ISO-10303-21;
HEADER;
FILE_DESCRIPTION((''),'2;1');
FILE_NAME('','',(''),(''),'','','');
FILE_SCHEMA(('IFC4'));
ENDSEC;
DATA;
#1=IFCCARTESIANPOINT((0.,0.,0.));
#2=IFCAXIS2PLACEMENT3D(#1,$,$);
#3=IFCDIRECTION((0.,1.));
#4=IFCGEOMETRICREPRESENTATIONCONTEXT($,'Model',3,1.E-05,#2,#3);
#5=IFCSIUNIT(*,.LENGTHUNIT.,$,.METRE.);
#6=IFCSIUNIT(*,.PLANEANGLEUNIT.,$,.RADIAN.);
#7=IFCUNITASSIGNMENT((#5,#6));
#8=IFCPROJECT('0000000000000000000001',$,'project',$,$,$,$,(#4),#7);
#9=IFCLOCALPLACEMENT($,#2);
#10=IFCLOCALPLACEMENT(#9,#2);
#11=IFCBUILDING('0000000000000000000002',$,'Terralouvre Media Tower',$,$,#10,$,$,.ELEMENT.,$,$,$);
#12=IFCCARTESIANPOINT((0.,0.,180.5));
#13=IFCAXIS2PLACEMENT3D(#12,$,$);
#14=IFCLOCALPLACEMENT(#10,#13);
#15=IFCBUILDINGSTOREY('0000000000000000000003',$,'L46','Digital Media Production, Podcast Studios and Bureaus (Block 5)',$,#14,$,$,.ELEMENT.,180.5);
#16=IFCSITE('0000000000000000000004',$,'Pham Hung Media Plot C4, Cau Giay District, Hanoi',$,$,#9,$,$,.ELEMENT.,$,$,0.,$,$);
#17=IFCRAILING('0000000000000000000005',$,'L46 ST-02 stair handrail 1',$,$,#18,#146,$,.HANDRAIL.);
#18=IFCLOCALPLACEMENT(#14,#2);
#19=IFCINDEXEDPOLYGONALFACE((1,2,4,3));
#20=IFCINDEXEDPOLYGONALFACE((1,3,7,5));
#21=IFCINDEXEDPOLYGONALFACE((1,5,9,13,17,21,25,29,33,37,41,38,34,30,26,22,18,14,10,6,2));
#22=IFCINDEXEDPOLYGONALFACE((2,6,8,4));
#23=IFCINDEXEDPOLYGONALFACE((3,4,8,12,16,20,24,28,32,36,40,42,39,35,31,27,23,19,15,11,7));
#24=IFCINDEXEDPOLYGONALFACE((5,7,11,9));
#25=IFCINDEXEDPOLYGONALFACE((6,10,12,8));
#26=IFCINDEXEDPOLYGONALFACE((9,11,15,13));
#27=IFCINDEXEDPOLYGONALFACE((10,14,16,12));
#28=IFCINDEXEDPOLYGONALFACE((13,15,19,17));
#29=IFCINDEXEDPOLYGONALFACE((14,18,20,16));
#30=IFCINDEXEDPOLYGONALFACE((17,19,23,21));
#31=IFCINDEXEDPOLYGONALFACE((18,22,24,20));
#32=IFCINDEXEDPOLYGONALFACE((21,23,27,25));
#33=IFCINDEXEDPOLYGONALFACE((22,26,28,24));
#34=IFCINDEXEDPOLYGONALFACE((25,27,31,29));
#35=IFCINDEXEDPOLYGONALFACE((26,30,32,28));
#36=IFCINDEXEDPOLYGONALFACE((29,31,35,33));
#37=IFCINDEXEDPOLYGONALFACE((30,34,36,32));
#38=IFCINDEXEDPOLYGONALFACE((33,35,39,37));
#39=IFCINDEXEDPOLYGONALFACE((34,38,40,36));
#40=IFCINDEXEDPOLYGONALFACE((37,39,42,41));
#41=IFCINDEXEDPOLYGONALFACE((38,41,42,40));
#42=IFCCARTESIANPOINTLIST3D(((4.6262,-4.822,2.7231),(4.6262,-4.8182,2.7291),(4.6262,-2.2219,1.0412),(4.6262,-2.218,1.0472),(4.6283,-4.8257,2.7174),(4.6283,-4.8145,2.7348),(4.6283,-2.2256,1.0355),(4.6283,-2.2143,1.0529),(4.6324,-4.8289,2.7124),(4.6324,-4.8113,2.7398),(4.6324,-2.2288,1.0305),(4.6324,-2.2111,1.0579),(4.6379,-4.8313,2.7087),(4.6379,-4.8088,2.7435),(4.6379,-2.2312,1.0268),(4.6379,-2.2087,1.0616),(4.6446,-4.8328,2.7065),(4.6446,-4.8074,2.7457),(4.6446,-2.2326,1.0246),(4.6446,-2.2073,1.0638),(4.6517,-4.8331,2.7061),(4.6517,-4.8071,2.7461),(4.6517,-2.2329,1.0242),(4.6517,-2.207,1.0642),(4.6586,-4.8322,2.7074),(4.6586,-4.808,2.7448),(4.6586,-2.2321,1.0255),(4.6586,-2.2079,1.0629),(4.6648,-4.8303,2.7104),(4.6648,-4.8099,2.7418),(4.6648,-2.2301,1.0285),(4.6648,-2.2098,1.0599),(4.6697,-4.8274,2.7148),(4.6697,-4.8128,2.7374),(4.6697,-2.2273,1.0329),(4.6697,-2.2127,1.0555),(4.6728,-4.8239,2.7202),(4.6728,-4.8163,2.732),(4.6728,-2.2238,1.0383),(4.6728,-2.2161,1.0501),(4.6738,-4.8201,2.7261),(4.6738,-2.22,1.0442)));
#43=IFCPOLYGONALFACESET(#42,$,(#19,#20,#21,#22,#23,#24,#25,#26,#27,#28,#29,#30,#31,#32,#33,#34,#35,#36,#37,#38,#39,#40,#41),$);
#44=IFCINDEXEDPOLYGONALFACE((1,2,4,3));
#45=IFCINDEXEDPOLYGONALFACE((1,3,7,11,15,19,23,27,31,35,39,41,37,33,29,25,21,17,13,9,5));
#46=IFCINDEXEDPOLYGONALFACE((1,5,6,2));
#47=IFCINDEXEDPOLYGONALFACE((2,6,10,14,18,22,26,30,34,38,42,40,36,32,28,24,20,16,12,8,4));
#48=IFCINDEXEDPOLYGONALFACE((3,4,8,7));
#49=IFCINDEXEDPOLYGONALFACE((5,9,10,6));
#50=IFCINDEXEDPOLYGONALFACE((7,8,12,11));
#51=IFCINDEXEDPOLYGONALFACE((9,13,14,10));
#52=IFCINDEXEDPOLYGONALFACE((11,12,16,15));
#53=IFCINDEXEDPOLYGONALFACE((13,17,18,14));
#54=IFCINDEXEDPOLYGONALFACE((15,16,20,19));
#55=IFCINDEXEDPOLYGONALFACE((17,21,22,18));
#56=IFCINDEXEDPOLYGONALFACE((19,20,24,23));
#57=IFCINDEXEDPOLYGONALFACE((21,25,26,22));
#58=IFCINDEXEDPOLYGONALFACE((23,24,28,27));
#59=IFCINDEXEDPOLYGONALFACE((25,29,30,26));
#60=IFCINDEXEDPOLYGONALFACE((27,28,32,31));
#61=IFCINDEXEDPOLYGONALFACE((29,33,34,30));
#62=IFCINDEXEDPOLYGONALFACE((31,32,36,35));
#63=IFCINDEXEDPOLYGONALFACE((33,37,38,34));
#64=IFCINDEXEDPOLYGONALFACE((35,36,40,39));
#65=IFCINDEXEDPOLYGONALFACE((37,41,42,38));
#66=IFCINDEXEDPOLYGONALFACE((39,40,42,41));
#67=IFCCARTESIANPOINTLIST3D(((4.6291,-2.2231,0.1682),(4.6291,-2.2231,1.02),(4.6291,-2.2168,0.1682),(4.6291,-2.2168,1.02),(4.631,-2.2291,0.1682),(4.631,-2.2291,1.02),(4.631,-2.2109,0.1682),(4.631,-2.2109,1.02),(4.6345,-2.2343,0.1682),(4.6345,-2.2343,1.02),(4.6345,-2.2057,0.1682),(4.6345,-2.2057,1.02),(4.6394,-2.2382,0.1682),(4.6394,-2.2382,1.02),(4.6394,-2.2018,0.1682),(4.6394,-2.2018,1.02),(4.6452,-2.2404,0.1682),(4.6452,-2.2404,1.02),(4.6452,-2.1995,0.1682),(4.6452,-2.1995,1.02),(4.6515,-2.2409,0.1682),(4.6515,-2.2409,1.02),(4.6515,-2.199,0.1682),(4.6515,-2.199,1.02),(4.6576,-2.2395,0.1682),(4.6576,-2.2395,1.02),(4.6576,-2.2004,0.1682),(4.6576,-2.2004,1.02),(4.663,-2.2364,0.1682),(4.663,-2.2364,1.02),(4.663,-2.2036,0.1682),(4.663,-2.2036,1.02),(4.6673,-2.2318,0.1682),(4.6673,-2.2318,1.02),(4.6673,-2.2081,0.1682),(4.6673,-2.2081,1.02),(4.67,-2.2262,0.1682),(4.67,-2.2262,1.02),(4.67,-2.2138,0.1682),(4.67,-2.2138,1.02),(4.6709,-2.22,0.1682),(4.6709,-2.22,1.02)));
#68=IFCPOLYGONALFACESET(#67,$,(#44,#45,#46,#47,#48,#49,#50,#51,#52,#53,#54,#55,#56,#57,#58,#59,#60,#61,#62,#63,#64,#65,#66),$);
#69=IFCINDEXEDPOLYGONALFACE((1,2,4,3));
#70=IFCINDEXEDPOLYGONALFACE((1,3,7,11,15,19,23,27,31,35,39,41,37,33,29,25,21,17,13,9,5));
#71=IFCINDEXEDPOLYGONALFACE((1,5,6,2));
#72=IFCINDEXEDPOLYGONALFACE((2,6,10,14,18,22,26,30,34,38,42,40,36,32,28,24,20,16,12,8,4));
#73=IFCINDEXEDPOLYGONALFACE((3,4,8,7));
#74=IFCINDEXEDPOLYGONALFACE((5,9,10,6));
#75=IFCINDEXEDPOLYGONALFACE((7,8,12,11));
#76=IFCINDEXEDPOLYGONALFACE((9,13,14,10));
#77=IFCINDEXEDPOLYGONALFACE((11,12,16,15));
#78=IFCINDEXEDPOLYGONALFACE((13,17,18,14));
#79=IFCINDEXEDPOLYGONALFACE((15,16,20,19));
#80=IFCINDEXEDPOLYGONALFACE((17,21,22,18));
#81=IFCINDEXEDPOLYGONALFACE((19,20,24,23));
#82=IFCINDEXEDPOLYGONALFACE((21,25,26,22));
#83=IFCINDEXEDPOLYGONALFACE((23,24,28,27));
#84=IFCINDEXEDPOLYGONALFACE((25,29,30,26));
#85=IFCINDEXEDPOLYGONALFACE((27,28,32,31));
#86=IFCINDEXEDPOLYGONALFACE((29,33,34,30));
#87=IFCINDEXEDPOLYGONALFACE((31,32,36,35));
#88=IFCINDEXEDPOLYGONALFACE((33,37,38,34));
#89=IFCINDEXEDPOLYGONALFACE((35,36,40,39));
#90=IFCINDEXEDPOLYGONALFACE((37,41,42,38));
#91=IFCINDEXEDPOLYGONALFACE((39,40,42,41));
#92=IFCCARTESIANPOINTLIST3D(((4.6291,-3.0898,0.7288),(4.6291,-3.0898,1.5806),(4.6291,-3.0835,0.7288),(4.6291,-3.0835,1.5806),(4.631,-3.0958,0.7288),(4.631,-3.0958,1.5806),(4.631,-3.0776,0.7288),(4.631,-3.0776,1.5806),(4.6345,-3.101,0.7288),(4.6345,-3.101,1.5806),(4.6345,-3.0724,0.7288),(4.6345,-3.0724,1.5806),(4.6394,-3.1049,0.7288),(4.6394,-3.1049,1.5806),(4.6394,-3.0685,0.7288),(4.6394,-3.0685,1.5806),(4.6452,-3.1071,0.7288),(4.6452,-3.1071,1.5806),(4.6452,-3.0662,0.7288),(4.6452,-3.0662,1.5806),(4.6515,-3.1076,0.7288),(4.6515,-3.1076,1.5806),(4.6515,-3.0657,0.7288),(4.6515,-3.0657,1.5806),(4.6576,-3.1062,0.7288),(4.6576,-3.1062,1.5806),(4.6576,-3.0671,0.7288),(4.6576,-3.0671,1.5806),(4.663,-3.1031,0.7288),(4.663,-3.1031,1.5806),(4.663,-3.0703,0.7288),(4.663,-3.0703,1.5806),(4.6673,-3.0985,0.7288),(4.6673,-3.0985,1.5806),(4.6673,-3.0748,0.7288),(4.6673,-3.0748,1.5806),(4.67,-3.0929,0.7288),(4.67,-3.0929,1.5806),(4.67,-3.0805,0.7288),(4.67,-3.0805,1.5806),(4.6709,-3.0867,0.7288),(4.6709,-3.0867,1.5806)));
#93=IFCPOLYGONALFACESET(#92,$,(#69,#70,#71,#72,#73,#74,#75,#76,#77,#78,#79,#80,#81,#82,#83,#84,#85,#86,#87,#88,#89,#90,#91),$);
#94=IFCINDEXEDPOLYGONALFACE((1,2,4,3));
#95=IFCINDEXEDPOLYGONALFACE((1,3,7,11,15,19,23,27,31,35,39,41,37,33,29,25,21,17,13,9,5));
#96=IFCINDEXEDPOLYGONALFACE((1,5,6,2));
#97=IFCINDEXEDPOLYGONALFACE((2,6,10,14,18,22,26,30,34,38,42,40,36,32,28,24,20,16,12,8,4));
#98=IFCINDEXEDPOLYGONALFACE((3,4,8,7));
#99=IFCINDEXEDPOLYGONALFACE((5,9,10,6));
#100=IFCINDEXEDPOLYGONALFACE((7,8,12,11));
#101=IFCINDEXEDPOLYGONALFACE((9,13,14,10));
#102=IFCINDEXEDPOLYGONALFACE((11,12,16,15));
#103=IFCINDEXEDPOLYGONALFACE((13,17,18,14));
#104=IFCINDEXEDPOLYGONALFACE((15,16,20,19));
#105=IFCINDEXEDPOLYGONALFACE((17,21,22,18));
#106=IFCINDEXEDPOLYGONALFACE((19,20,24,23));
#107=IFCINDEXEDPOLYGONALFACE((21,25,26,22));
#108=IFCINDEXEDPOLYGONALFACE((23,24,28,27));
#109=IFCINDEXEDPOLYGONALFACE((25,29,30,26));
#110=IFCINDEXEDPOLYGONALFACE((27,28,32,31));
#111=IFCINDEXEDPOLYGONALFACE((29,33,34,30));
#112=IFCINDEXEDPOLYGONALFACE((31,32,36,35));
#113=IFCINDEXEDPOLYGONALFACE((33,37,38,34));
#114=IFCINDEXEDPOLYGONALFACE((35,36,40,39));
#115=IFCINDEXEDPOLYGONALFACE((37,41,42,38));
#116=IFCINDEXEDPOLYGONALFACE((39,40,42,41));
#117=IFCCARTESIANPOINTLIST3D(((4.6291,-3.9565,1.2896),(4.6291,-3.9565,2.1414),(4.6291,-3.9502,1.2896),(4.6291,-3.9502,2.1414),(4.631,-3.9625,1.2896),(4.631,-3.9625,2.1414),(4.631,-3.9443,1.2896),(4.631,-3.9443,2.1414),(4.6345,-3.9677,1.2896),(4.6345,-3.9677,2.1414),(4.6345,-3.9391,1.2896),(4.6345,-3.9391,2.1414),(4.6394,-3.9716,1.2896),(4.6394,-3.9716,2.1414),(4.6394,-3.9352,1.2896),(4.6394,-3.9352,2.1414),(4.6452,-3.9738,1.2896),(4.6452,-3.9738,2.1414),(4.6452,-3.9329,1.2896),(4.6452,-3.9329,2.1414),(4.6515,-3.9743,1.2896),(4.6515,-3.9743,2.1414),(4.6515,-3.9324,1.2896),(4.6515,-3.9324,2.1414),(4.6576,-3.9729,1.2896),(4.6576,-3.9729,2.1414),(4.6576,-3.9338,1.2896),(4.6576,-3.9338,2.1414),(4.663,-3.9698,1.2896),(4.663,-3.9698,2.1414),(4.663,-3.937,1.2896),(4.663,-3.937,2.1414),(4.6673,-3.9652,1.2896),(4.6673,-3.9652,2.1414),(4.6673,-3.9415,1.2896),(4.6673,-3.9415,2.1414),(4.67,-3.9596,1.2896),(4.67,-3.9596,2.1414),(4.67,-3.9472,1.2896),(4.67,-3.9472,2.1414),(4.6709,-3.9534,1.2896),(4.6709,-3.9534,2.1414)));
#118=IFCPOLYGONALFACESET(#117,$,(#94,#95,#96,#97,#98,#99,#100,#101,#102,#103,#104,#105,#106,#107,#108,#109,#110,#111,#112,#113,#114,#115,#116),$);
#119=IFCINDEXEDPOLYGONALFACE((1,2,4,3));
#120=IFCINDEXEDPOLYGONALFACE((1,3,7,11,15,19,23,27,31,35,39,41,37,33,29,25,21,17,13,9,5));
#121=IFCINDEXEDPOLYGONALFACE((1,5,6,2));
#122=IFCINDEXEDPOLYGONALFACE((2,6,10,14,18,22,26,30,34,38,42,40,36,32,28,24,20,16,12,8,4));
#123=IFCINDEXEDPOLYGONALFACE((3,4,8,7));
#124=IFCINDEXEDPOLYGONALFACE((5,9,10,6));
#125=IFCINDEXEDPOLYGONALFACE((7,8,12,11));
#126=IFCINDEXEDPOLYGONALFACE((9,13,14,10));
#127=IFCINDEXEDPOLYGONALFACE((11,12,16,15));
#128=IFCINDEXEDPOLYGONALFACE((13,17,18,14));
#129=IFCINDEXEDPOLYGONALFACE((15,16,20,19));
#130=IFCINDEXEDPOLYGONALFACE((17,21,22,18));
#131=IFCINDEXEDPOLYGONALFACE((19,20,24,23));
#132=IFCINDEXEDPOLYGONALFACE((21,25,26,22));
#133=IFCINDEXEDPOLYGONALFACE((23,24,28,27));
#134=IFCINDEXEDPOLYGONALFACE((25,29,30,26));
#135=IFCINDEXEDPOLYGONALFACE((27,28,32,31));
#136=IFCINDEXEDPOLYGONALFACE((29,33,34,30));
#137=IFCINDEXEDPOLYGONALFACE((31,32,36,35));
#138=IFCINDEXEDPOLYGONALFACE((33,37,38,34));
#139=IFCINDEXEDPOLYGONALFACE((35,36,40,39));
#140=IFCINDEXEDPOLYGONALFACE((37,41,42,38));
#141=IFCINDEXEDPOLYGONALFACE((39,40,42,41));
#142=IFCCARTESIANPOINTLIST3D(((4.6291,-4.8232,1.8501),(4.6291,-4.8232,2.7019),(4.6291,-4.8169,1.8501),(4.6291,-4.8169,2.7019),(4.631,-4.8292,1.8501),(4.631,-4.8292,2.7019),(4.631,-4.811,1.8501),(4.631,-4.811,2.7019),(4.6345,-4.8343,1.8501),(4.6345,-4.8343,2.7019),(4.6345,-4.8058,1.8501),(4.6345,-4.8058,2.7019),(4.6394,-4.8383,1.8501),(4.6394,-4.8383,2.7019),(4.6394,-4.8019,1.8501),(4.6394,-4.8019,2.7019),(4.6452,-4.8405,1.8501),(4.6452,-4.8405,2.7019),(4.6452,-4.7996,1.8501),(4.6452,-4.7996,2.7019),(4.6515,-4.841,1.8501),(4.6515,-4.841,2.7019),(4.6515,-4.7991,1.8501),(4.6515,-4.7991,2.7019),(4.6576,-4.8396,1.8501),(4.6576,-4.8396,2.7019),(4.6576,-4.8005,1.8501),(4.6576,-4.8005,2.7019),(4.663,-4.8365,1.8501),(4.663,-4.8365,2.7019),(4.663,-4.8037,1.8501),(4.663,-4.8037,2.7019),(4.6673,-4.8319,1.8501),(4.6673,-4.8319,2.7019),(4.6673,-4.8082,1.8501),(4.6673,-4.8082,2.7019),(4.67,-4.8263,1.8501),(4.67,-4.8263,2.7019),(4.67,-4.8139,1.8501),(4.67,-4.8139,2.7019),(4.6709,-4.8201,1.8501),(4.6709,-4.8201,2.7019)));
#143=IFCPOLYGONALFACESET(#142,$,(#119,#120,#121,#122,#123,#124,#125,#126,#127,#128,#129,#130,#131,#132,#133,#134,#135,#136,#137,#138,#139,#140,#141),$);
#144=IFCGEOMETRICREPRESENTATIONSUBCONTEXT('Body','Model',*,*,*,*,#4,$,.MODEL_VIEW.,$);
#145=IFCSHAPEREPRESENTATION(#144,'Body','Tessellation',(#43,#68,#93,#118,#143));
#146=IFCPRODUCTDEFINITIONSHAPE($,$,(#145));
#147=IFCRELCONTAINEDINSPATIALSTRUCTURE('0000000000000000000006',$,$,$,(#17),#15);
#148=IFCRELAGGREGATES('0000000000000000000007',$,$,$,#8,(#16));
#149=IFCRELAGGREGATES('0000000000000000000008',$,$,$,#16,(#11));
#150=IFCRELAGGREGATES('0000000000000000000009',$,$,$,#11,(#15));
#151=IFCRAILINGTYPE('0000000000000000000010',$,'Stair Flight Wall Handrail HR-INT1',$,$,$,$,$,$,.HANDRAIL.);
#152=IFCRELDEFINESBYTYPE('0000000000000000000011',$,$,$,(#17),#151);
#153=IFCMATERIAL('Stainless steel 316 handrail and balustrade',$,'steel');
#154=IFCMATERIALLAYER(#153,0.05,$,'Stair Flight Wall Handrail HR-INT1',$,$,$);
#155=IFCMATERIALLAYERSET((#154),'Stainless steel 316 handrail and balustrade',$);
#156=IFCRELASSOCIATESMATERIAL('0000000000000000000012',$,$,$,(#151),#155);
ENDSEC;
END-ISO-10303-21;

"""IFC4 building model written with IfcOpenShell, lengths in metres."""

from ifc_helpers import new_model, si_unit, direction, frame, origin, origin_2d, place, context, subcontext, project, spatial, circle, extrude, material, layer, layer_set, type_object, element, save


model = new_model("IFC4")

# Units and contexts
model_context = context("Model", 3, precision=1e-05, world=origin(), true_north=direction((0.0, 1.0)))
body_context = subcontext(model_context, "Body", "Model", "MODEL_VIEW")
ifc_project = project(units=[si_unit("LENGTHUNIT", "METRE"), si_unit("PLANEANGLEUNIT", "RADIAN")], contexts=[model_context])

# Site, building, storey
site_placement = place(None, origin())
site = spatial("IfcSite", under=ifc_project, at=site_placement, Name="Pham Hung Media Plot C4, Cau Giay District, Hanoi", CompositionType="ELEMENT", RefElevation=0.0)
building_placement = place(site_placement, origin())
building = spatial("IfcBuilding", under=site, at=building_placement, Name="Terralouvre Media Tower", CompositionType="ELEMENT")
storey_placement = place(building_placement, frame((0.0, 0.0, 180.5)))
storey = spatial("IfcBuildingStorey", under=building, at=storey_placement, Name="L46", Description="Digital Media Production, Podcast Studios and Bureaus (Block 5)", CompositionType="ELEMENT", Elevation=180.5)

# Railing
ifc_material_1 = material(Name="Stainless steel 316 handrail and balustrade", Category="steel")
ifc_layer_1 = layer(ifc_material_1, 0.05, Name="Stair Flight Wall Handrail HR-INT1")
ifc_layer_set_1 = layer_set([ifc_layer_1], Name="Stainless steel 316 handrail and balustrade")
railing_type_1 = type_object("IfcRailingType", Name="Stair Flight Wall Handrail HR-INT1", PredefinedType="HANDRAIL", material=ifc_layer_set_1)
railing_1_placement = place(storey_placement, frame((4.6499, -2.22, 0.1682)))
element("IfcRailing", 1, at=railing_1_placement, inside=storey, type_object=railing_type_1, Name="L46 ST-02 stair handrail 1", PredefinedType="HANDRAIL", context=body_context, shape_type="SweptSolid", body=[
    extrude(circle(Radius=0.0239, at=origin_2d()), frame((0.0, 0.0, 0.876), z_axis=(0.0, -0.839648, 0.54313), x_axis=(1.0, 0.0, 0.0)), (0.0, 0.0, 1.0), 3.0967),
    extrude(circle(Radius=0.021, at=origin_2d()), origin(), (0.0, 0.0, 1.0), 0.8518),
    extrude(circle(Radius=0.021, at=origin_2d()), frame((0.0, -0.8667, 0.5605)), (0.0, 0.0, 1.0), 0.8518),
    extrude(circle(Radius=0.021, at=origin_2d()), frame((0.0, -1.7334, 1.1213)), (0.0, 0.0, 1.0), 0.8518),
    extrude(circle(Radius=0.021, at=origin_2d()), frame((0.0, -2.6001, 1.6819)), (0.0, 0.0, 1.0), 0.8518),
])

save(model, "model.ifc")
